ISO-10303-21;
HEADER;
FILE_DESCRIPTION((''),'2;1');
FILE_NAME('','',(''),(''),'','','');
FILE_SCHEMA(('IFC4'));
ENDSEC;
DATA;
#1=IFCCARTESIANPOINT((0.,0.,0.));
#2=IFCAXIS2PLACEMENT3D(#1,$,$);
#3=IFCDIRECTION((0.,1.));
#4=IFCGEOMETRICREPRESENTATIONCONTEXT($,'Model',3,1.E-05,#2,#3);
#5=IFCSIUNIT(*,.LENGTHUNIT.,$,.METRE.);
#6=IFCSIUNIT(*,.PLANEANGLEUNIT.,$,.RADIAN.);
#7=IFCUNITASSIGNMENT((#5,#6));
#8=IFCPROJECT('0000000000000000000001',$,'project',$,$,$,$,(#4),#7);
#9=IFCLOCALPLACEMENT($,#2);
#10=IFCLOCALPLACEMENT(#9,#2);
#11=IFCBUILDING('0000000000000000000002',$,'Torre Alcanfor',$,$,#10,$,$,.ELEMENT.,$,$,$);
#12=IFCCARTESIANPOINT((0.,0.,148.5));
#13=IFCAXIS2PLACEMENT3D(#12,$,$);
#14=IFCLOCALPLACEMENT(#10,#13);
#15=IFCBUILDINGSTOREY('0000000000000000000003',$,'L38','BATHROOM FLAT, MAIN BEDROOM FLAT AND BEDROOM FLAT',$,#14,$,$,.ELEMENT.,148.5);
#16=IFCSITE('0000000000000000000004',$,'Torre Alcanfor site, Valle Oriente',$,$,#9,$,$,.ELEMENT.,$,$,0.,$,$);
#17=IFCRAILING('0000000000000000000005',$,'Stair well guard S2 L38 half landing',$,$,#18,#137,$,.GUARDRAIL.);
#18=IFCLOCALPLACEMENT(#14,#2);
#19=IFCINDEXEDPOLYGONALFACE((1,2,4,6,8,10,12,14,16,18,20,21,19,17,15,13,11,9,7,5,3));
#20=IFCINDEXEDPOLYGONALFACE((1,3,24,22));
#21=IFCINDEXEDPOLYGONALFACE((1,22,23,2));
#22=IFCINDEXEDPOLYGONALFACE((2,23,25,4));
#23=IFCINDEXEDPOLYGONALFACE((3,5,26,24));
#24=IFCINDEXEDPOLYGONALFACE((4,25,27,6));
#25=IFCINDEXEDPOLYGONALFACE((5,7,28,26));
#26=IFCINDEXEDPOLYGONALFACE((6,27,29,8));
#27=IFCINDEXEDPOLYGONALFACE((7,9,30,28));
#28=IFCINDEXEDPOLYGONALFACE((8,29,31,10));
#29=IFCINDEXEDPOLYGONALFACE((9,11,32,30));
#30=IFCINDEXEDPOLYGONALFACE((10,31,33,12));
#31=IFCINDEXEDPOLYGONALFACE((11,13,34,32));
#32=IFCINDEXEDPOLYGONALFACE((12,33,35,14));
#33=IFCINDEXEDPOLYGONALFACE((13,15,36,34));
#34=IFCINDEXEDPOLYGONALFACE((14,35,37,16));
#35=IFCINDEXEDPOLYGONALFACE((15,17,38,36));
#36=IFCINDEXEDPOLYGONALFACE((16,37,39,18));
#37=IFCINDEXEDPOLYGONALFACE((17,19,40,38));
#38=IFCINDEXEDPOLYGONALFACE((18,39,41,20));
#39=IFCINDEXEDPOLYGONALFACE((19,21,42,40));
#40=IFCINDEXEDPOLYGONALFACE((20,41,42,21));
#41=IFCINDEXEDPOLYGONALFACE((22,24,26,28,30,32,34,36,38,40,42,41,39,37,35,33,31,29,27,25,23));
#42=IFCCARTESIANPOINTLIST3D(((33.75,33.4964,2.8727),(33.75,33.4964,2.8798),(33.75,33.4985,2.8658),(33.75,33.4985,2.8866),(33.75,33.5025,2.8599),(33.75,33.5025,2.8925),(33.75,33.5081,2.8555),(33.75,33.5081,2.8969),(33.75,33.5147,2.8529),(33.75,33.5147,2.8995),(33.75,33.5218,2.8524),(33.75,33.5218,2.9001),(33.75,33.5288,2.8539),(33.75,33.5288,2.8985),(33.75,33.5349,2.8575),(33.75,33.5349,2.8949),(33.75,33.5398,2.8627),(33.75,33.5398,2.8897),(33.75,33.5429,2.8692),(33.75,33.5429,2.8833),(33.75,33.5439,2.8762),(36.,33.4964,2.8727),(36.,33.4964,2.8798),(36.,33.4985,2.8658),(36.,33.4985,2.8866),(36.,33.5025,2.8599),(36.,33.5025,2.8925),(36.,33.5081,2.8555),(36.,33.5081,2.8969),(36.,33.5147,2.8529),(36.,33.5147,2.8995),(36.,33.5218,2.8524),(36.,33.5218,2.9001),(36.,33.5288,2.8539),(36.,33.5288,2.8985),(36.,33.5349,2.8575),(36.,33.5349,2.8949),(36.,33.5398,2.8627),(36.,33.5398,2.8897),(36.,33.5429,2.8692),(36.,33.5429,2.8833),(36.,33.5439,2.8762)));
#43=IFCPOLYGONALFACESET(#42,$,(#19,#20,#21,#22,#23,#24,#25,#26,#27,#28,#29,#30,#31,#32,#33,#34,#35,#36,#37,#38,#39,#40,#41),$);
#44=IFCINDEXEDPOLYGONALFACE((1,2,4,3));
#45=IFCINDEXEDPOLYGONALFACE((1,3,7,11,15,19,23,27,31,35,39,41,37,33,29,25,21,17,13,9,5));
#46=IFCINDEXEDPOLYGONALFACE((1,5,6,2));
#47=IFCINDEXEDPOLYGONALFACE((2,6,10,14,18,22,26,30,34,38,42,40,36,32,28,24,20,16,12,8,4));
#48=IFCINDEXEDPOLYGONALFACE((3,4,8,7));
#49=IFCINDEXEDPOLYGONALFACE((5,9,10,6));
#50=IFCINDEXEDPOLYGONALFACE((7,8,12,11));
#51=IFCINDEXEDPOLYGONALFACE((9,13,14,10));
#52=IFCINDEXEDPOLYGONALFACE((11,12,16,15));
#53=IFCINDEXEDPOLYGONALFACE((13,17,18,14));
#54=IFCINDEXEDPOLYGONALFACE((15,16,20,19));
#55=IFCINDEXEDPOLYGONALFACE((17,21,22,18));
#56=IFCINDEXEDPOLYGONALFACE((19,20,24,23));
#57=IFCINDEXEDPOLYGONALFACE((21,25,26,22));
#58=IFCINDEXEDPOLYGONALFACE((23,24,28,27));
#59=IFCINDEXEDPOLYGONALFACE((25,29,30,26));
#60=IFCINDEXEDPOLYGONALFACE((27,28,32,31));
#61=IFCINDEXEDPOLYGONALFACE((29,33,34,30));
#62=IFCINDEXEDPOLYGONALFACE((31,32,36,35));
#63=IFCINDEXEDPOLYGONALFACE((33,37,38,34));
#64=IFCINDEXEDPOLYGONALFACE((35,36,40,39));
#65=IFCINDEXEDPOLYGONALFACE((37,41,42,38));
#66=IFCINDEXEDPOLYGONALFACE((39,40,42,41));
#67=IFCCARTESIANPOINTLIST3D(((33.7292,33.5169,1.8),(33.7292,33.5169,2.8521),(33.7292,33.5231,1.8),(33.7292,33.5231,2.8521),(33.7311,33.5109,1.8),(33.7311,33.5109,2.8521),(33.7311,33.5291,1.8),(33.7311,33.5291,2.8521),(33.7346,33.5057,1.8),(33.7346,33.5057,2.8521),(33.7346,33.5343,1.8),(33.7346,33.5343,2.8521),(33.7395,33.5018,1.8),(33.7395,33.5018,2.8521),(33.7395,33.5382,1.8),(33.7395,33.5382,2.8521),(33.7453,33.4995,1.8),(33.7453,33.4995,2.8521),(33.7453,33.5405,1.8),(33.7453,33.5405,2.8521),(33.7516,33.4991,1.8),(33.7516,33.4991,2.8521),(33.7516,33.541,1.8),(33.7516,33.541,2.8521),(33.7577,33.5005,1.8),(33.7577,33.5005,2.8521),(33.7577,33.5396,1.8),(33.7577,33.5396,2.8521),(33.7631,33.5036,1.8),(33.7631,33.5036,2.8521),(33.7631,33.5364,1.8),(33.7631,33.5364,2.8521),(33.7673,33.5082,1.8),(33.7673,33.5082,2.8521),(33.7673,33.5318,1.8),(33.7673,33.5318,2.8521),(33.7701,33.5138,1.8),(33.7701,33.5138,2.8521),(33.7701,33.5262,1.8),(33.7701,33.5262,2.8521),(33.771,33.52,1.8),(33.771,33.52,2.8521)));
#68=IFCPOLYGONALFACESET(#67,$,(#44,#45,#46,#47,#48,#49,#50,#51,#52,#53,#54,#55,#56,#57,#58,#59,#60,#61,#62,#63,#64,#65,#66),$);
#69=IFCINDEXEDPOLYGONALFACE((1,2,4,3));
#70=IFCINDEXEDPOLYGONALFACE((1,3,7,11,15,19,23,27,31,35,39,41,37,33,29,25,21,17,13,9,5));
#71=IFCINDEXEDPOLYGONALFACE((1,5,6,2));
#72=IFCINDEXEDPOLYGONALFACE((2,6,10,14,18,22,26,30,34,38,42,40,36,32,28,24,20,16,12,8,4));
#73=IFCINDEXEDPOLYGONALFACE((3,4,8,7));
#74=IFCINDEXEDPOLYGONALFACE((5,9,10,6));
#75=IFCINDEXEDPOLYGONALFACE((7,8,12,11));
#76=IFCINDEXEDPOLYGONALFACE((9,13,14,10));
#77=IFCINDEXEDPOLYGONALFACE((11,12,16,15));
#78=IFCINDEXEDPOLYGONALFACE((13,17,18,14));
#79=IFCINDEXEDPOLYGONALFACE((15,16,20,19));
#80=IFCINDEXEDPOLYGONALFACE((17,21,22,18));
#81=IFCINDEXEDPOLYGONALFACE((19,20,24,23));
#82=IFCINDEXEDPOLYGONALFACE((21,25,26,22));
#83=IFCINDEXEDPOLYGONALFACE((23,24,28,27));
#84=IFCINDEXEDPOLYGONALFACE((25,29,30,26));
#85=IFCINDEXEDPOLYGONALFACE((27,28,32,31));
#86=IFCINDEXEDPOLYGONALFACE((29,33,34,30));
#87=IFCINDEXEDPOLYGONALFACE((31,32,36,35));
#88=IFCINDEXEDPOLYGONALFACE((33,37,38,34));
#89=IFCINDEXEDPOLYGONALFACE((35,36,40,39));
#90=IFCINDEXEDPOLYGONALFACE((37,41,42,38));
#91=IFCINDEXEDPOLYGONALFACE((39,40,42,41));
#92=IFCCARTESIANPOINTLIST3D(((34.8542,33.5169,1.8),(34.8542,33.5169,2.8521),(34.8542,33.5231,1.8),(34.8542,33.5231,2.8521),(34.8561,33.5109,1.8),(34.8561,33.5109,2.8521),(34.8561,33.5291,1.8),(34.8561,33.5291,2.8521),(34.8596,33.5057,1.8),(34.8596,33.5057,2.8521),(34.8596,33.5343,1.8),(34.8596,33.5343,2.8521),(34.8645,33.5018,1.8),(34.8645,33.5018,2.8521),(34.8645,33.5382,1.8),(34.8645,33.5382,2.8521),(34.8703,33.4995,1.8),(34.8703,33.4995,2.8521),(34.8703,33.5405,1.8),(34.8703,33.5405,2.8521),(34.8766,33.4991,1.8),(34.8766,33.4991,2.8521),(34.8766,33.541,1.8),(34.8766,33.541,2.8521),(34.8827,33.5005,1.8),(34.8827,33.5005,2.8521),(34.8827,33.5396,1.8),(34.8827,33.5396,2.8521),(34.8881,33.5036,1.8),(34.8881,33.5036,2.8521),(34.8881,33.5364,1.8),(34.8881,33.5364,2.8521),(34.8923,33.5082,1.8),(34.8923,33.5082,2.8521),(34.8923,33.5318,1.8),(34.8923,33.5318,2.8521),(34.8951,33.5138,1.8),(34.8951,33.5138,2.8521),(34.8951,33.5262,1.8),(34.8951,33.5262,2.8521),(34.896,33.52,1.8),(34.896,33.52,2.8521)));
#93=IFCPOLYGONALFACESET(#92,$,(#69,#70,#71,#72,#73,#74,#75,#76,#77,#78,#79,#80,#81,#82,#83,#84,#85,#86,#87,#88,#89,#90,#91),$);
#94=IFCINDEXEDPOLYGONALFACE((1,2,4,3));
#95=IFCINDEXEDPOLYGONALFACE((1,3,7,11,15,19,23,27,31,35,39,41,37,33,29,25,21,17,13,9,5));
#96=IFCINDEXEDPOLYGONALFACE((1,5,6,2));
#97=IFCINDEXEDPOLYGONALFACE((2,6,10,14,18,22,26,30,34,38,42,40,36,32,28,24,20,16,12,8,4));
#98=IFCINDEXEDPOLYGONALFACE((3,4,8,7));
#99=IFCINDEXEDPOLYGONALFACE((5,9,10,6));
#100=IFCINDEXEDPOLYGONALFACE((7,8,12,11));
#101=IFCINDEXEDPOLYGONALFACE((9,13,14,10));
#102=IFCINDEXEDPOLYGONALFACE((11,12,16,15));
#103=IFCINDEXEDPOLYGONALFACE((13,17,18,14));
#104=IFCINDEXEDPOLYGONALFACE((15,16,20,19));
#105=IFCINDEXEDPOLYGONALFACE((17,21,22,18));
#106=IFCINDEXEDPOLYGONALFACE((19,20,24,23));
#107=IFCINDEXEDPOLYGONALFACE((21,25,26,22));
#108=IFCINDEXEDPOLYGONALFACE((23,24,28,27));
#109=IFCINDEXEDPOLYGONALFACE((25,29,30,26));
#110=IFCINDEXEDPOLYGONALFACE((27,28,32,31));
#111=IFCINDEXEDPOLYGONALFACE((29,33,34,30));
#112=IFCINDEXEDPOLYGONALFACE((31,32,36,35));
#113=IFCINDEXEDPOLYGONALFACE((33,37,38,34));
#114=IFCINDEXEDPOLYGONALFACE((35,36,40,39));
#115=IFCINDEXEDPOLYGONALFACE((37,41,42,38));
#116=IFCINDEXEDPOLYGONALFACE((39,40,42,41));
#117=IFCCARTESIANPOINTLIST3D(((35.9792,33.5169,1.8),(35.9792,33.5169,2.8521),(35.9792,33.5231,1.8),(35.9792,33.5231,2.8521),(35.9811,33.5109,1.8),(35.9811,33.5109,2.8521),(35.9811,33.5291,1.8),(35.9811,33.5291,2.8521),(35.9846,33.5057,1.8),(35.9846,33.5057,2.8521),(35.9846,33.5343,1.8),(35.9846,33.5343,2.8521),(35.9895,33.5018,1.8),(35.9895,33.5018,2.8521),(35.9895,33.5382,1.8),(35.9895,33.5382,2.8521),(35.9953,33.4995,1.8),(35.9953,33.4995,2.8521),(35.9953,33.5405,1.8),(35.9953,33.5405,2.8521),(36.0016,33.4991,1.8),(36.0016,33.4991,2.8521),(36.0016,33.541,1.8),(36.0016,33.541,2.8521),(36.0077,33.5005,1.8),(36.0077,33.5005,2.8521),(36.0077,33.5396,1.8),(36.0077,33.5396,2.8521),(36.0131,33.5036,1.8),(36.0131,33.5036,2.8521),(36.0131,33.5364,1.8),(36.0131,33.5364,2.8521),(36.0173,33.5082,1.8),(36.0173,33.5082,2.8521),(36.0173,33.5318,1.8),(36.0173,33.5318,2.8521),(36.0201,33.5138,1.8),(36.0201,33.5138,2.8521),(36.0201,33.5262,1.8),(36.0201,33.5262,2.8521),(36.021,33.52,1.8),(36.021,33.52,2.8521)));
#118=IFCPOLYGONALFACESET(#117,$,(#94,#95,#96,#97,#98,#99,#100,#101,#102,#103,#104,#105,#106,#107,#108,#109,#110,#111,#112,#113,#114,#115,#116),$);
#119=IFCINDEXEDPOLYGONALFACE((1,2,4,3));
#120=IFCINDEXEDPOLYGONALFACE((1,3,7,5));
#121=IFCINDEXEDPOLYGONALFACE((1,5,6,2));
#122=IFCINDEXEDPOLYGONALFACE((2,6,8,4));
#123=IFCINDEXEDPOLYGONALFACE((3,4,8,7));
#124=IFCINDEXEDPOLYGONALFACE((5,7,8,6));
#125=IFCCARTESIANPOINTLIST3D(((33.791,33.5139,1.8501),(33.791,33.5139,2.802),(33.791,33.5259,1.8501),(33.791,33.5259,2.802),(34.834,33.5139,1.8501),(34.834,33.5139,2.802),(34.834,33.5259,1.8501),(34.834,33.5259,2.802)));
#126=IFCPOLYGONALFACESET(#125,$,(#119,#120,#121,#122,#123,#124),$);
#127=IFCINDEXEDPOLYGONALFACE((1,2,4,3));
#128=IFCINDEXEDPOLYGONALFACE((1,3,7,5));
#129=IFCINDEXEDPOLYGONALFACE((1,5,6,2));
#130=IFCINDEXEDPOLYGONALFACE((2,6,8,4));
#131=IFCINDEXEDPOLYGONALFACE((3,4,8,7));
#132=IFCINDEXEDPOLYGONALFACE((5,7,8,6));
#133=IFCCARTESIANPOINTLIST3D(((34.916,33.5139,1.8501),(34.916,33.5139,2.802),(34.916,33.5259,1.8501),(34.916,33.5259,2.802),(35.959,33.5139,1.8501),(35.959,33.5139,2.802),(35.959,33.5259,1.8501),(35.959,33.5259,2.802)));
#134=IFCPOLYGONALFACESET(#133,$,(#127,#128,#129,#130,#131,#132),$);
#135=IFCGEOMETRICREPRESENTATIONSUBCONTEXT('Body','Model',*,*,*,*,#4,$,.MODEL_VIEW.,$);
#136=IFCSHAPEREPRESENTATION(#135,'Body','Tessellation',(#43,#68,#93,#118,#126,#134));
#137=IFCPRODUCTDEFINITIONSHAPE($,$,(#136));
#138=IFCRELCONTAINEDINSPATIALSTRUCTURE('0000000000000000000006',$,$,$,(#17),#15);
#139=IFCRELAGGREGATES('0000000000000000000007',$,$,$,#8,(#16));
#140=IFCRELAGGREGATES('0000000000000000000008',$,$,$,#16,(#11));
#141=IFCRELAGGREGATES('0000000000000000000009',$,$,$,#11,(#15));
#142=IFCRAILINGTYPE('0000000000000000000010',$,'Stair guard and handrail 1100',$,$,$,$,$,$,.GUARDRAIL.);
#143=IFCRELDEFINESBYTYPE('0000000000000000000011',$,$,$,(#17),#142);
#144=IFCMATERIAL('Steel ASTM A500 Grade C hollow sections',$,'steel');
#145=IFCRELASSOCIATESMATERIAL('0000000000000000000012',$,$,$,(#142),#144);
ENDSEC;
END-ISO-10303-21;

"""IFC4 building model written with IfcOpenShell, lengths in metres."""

from ifc_helpers import new_model, si_unit, direction, frame, origin, origin_2d, place, context, subcontext, project, spatial, polyline, circle, outline, extrude, material, type_object, element, save


model = new_model("IFC4")

# Units and contexts
model_context = context("Model", 3, precision=1e-05, world=origin(), true_north=direction((0.0, 1.0)))
body_context = subcontext(model_context, "Body", "Model", "MODEL_VIEW")
ifc_project = project(units=[si_unit("LENGTHUNIT", "METRE"), si_unit("PLANEANGLEUNIT", "RADIAN")], contexts=[model_context])

# Site, building, storey
site_placement = place(None, origin())
site = spatial("IfcSite", under=ifc_project, at=site_placement, Name="Torre Alcanfor site, Valle Oriente", CompositionType="ELEMENT", RefElevation=0.0)
building_placement = place(site_placement, origin())
building = spatial("IfcBuilding", under=site, at=building_placement, Name="Torre Alcanfor", CompositionType="ELEMENT")
storey_placement = place(building_placement, frame((0.0, 0.0, 148.5)))
storey = spatial("IfcBuildingStorey", under=building, at=storey_placement, Name="L38", Description="BATHROOM FLAT, MAIN BEDROOM FLAT AND BEDROOM FLAT", CompositionType="ELEMENT", Elevation=148.5)

# Railing
ifc_material_1 = material(Name="Steel ASTM A500 Grade C hollow sections", Category="steel")
railing_type_1 = type_object("IfcRailingType", Name="Stair guard and handrail 1100", PredefinedType="GUARDRAIL", material=ifc_material_1)
for number, where, name in (
    (1, (33.75, 33.52, 1.8), "Stair well guard S2 L38 half landing"),
):
    element("IfcRailing", number, at=place(storey_placement, frame(where)), inside=storey, type_object=railing_type_1, Name=name, PredefinedType="GUARDRAIL", context=body_context, shape_type="SweptSolid", body=[
        extrude(circle(Radius=0.0239, at=origin_2d()), frame((0.0, 0.0, 1.0762), z_axis=(1.0, 0.0, 0.0), x_axis=(0.0, 1.0, 0.0)), (0.0, 0.0, 1.0), 2.25),
        extrude(circle(Radius=0.021, at=origin_2d()), origin(), (0.0, 0.0, 1.0), 1.052),
        extrude(circle(Radius=0.021, at=origin_2d()), frame((1.125, 0.0, 0.0)), (0.0, 0.0, 1.0), 1.052),
        extrude(circle(Radius=0.021, at=origin_2d()), frame((2.25, 0.0, 0.0)), (0.0, 0.0, 1.0), 1.052),
        extrude(outline(polyline([(0.041, 0.05), (1.084, 0.05), (1.084, 1.002), (0.041, 1.002), (0.041, 0.05)])), frame((0.0, 0.0059, 0.0), z_axis=(0.0, -1.0, 0.0), x_axis=(1.0, 0.0, 0.0)), (0.0, 0.0, 1.0), 0.012),
        extrude(outline(polyline([(1.166, 0.05), (2.209, 0.05), (2.209, 1.002), (1.166, 1.002), (1.166, 0.05)])), frame((0.0, 0.0059, 0.0), z_axis=(0.0, -1.0, 0.0), x_axis=(1.0, 0.0, 0.0)), (0.0, 0.0, 1.0), 0.012),
    ])

save(model, "model.ifc")
